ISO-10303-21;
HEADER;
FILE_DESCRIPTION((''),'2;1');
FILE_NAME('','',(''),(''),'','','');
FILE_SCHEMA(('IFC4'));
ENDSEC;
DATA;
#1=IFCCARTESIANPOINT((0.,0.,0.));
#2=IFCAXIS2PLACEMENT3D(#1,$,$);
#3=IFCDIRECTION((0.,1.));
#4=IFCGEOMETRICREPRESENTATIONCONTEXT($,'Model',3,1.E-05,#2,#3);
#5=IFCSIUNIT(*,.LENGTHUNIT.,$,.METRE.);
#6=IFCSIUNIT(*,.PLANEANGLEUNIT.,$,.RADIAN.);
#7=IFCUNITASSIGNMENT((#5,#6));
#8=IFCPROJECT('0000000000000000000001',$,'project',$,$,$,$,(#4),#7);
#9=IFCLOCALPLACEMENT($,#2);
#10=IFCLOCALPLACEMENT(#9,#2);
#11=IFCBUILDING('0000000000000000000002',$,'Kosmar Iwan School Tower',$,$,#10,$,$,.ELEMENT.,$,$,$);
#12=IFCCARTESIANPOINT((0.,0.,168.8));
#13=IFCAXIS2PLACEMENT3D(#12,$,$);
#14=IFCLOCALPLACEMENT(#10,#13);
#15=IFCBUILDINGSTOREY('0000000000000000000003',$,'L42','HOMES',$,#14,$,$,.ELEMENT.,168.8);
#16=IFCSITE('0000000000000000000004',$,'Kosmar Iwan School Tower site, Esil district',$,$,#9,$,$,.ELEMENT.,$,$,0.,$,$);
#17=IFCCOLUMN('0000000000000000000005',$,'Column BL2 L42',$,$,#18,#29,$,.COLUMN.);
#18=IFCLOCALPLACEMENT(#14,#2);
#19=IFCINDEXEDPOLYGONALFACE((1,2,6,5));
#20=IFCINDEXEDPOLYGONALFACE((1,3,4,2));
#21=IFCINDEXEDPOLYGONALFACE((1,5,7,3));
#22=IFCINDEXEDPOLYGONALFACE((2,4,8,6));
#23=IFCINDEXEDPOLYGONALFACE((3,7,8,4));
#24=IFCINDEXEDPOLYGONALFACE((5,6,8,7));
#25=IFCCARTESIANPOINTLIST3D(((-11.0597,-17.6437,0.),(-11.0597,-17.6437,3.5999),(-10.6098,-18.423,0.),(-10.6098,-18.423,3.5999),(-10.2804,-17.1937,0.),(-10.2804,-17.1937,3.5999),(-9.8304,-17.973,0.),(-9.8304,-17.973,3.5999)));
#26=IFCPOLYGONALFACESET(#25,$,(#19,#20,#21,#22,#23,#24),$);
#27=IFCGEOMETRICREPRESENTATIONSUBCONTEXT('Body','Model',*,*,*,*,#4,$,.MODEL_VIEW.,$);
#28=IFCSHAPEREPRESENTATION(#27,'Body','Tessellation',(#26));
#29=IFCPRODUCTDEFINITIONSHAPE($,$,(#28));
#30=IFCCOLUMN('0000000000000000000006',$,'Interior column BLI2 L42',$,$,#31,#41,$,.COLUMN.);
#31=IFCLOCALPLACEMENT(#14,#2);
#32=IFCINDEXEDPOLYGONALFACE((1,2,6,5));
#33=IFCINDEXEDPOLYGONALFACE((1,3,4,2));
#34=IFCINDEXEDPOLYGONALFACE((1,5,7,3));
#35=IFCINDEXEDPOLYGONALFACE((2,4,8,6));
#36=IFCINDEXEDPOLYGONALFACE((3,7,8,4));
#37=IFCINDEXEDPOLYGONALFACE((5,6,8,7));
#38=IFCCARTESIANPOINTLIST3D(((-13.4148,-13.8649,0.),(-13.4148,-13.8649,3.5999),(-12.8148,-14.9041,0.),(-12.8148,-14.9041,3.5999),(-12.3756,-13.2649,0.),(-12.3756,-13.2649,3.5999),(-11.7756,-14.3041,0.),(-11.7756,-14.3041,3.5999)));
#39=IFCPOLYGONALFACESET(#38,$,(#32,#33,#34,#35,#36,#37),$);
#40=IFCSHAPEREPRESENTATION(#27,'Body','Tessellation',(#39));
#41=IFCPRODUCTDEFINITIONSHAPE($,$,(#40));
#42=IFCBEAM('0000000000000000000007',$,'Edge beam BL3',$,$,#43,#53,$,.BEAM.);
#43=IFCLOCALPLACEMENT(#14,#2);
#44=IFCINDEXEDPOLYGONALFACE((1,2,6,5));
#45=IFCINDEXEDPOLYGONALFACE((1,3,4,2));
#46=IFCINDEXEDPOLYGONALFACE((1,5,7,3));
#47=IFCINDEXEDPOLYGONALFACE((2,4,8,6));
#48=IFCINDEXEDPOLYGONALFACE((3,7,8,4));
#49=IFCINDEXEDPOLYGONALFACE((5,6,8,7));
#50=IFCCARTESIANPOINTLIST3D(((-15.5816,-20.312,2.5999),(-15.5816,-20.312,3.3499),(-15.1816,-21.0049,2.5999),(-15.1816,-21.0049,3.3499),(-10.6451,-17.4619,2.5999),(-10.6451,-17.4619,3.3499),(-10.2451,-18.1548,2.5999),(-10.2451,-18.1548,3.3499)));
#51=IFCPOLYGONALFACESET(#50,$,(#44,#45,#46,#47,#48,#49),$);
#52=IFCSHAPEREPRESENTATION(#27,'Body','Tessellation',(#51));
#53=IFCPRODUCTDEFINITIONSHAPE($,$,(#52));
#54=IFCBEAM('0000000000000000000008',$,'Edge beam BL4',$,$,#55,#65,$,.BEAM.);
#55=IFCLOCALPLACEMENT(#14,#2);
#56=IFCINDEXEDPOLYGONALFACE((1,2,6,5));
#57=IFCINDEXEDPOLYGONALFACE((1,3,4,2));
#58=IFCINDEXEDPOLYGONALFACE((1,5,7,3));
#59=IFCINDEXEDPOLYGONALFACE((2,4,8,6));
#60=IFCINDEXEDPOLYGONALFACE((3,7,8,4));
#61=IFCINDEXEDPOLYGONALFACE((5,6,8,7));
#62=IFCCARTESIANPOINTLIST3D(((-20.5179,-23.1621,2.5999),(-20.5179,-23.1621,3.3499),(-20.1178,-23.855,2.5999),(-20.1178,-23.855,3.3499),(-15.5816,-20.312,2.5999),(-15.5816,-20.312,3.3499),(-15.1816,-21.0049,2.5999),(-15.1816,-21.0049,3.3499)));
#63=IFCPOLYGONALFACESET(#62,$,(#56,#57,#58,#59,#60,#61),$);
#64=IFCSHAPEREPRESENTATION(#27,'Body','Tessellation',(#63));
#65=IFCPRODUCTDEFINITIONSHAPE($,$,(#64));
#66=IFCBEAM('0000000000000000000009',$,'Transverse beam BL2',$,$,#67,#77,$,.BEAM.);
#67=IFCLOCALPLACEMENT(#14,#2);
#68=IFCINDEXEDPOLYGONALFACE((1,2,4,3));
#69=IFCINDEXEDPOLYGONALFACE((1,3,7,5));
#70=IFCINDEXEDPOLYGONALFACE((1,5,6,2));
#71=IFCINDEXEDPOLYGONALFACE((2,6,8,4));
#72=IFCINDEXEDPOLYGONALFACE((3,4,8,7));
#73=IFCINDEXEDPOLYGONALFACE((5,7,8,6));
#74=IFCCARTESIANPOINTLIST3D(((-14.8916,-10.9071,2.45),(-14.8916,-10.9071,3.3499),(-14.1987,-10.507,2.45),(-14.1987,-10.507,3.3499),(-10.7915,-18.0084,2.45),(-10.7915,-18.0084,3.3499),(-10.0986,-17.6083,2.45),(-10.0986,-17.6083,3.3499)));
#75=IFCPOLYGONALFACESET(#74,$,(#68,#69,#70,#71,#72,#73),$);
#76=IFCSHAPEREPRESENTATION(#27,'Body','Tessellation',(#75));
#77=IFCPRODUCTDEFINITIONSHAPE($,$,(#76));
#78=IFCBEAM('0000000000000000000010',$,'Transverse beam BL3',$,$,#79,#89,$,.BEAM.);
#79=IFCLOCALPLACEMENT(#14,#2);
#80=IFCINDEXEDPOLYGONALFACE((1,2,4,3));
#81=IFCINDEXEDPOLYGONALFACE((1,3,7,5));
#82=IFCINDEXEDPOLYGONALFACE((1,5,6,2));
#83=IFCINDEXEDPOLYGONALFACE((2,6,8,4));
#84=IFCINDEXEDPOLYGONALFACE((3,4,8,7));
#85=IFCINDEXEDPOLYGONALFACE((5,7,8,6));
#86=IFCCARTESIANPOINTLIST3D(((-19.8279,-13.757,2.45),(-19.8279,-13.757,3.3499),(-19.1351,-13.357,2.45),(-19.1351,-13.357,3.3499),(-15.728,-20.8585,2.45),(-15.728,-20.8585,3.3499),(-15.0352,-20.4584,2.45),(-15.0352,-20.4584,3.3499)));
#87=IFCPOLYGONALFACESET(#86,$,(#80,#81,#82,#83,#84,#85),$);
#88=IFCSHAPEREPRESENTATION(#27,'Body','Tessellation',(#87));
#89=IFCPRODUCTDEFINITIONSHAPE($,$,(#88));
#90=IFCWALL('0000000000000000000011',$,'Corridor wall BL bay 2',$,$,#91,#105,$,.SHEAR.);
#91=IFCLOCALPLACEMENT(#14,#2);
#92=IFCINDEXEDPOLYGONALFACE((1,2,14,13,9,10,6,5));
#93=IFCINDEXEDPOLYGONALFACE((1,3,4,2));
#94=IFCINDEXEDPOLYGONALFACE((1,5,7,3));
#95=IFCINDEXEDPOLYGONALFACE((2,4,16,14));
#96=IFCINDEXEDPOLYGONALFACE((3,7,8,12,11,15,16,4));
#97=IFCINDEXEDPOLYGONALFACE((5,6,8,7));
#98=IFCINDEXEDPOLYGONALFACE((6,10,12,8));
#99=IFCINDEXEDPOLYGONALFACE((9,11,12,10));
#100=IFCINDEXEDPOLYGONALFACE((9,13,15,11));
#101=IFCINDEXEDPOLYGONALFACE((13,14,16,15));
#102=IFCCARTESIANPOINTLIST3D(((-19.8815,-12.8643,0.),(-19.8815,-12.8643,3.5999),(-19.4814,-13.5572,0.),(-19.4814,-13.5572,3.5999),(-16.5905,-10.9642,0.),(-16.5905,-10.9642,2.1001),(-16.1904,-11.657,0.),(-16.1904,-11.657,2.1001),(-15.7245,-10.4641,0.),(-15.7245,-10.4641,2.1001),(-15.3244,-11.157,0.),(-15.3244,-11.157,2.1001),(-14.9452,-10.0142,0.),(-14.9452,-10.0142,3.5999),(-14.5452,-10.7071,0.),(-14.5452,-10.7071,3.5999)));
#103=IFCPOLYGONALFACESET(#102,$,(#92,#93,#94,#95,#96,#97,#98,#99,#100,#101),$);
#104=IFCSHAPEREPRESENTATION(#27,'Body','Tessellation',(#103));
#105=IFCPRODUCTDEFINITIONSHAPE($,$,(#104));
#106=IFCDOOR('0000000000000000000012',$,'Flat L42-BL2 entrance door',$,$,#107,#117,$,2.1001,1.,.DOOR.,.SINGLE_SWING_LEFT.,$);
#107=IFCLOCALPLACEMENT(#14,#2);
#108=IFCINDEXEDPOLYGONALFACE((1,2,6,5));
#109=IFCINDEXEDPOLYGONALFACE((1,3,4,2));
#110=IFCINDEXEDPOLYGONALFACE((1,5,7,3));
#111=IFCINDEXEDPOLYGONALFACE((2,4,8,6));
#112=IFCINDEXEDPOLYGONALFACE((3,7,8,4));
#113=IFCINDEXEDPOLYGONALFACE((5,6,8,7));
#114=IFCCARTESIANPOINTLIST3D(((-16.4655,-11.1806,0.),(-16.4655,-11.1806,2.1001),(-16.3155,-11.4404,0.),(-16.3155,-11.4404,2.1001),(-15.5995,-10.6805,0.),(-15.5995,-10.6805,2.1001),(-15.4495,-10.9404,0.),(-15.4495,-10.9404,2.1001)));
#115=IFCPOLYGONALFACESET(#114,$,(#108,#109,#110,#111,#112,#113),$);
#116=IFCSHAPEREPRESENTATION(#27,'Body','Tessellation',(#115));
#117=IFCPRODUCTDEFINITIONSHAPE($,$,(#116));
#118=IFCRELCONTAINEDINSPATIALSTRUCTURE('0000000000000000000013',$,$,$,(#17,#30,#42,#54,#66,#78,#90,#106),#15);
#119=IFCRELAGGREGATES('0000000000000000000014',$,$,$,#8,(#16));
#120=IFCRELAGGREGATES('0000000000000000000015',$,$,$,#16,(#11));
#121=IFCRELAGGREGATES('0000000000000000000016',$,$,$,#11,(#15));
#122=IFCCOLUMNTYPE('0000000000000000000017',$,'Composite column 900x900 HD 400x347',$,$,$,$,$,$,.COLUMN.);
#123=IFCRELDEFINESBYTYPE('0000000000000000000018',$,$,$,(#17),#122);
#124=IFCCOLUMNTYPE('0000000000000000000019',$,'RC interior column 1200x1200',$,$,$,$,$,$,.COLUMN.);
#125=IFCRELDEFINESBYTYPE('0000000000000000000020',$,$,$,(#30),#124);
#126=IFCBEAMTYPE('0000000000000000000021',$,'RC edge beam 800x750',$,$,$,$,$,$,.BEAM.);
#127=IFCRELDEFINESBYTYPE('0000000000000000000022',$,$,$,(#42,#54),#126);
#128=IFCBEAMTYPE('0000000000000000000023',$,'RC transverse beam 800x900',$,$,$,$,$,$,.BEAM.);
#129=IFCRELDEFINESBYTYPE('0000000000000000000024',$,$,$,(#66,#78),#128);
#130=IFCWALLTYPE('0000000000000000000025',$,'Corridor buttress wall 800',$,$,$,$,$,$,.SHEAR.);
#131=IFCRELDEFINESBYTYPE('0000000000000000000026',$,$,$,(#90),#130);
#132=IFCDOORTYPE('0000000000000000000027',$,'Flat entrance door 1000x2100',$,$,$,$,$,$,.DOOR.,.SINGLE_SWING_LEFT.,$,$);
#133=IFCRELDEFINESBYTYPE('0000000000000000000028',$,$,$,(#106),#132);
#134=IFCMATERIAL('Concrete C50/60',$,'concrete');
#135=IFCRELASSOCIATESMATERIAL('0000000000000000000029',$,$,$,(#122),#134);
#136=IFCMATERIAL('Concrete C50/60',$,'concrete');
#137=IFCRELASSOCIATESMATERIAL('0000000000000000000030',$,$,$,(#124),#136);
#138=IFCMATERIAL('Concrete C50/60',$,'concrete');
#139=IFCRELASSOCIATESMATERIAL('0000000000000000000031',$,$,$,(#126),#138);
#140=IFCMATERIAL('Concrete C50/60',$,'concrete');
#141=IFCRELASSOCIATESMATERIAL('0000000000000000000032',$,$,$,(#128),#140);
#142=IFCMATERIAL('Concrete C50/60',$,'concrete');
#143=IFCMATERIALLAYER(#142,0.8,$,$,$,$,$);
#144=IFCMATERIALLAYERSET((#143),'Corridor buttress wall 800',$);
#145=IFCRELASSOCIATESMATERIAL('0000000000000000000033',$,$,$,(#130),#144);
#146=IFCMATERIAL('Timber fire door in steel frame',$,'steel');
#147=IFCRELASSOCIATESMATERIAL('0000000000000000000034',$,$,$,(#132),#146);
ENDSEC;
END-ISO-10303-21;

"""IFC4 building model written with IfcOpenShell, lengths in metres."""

from ifc_helpers import new_model, si_unit, direction, frame, frame_2d, origin, origin_2d, place, context, subcontext, project, spatial, rectangle, extrude, material, layer, layer_set, material_profile, profile_set, type_object, element, fill, save


model = new_model("IFC4")

# Units and contexts
model_context = context("Model", 3, precision=1e-05, world=origin(), true_north=direction((0.0, 1.0)))
body_context = subcontext(model_context, "Body", "Model", "MODEL_VIEW")
ifc_project = project(units=[si_unit("LENGTHUNIT", "METRE"), si_unit("PLANEANGLEUNIT", "RADIAN")], contexts=[model_context])

# Site, building, storey
site_placement = place(None, origin())
site = spatial("IfcSite", under=ifc_project, at=site_placement, Name="Kosmar Iwan School Tower site, Esil district", CompositionType="ELEMENT", RefElevation=0.0)
building_placement = place(site_placement, origin())
building = spatial("IfcBuilding", under=site, at=building_placement, Name="Kosmar Iwan School Tower", CompositionType="ELEMENT")
storey_placement = place(building_placement, frame((0.0, 0.0, 168.8)))
storey = spatial("IfcBuildingStorey", under=building, at=storey_placement, Name="L42", Description="HOMES", CompositionType="ELEMENT", Elevation=168.8)

# Columns
ifc_material_1 = material(Name="Concrete C50/60", Category="concrete")
ifc_material_profile_1 = material_profile(ifc_material_1, rectangle(XDim=0.8999, YDim=0.8999, at=origin_2d()), Name="RC 900x900 + HD 400x347")
ifc_profile_set_1 = profile_set([ifc_material_profile_1], Name="Concrete C50/60")
column_type_1 = type_object("IfcColumnType", Name="Composite column 900x900 HD 400x347", PredefinedType="COLUMN", material=ifc_profile_set_1)
column_1_placement = place(storey_placement, frame((-10.4451, -17.8083, 0.0), z_axis=(0.0, 0.0, 1.0), x_axis=(-0.866025, -0.5, 0.0)))
element("IfcColumn", 1, at=column_1_placement, inside=storey, type_object=column_type_1, Name="Column BL2 L42", PredefinedType="COLUMN", context=body_context, shape_type="SweptSolid", body=[
    extrude(rectangle(XDim=0.8999, YDim=0.8999, at=origin_2d()), origin(), (0.0, 0.0, 1.0), 3.5999),
])
ifc_material_2 = material(Name="Concrete C50/60", Category="concrete")
ifc_material_profile_2 = material_profile(ifc_material_2, rectangle(XDim=1.2, YDim=1.2, at=origin_2d()), Name="RC 1200x1200")
ifc_profile_set_2 = profile_set([ifc_material_profile_2], Name="Concrete C50/60")
column_type_2 = type_object("IfcColumnType", Name="RC interior column 1200x1200", PredefinedType="COLUMN", material=ifc_profile_set_2)
column_2_placement = place(storey_placement, frame((-12.5952, -14.0845, 0.0), z_axis=(0.0, 0.0, 1.0), x_axis=(-0.866025, -0.5, 0.0)))
element("IfcColumn", 2, at=column_2_placement, inside=storey, type_object=column_type_2, Name="Interior column BLI2 L42", PredefinedType="COLUMN", context=body_context, shape_type="SweptSolid", body=[
    extrude(rectangle(XDim=1.2, YDim=1.2, at=origin_2d()), origin(), (0.0, 0.0, 1.0), 3.5999),
])

# Beams
ifc_material_3 = material(Name="Concrete C50/60", Category="concrete")
ifc_material_profile_3 = material_profile(ifc_material_3, rectangle(XDim=0.8, YDim=0.75, at=origin_2d()), Name="RC 800x750")
ifc_profile_set_3 = profile_set([ifc_material_profile_3], Name="Concrete C50/60")
beam_type_1 = type_object("IfcBeamType", Name="RC edge beam 800x750", PredefinedType="BEAM", material=ifc_profile_set_3)
beam_1_placement = place(storey_placement, frame((-10.4451, -17.8083, 2.9749), z_axis=(-0.866026, -0.499999, 0.0), x_axis=(0.499999, -0.866026, 0.0)))
element("IfcBeam", 3, at=beam_1_placement, inside=storey, type_object=beam_type_1, Name="Edge beam BL3", PredefinedType="BEAM", context=body_context, shape_type="SweptSolid", body=[
    extrude(rectangle(XDim=0.8, YDim=0.75, at=origin_2d()), origin(), (0.0, 0.0, 1.0), 5.7002),
])
beam_2_placement = place(storey_placement, frame((-15.3816, -20.6584, 2.9749), z_axis=(-0.866015, -0.500018, 0.0), x_axis=(0.500018, -0.866015, 0.0)))
element("IfcBeam", 4, at=beam_2_placement, inside=storey, type_object=beam_type_1, Name="Edge beam BL4", PredefinedType="BEAM", context=body_context, shape_type="SweptSolid", body=[
    extrude(rectangle(XDim=0.8, YDim=0.75, at=origin_2d()), origin(), (0.0, 0.0, 1.0), 5.7),
])
ifc_material_4 = material(Name="Concrete C50/60", Category="concrete")
ifc_material_profile_4 = material_profile(ifc_material_4, rectangle(XDim=0.8, YDim=0.8999, at=origin_2d()), Name="RC 800x900")
ifc_profile_set_4 = profile_set([ifc_material_profile_4], Name="Concrete C50/60")
beam_type_2 = type_object("IfcBeamType", Name="RC transverse beam 800x900", PredefinedType="BEAM", material=ifc_profile_set_4)
for number, where, z_axis, x_axis, name in (
    (5, (-10.4451, -17.8083, 2.8999), (-0.500014, 0.866018, 0.0), (-0.866018, -0.500014, 0.0), "Transverse beam BL2"),
    (6, (-15.3816, -20.6584, 2.8999), (-0.499991, 0.86603, 0.0), (-0.86603, -0.499991, 0.0), "Transverse beam BL3"),
):
    element("IfcBeam", number, at=place(storey_placement, frame(where, z_axis=z_axis, x_axis=x_axis)), inside=storey, type_object=beam_type_2, Name=name, PredefinedType="BEAM", context=body_context, shape_type="SweptSolid", body=[
        extrude(rectangle(XDim=0.8, YDim=0.8999, at=origin_2d()), origin(), (0.0, 0.0, 1.0), 8.2),
    ])

# Wall, opening, door
ifc_material_5 = material(Name="Concrete C50/60", Category="concrete")
ifc_layer_1 = layer(ifc_material_5, 0.8)
ifc_layer_set_1 = layer_set([ifc_layer_1], Name="Corridor buttress wall 800")
wall_type_1 = type_object("IfcWallType", Name="Corridor buttress wall 800", PredefinedType="SHEAR", material=ifc_layer_set_1)
wall_1_placement = place(storey_placement, frame((-14.7451, -10.3606, 0.0), z_axis=(0.0, 0.0, 1.0), x_axis=(-0.866015, -0.500018, 0.0)))
wall_1 = element("IfcWall", 7, at=wall_1_placement, inside=storey, type_object=wall_type_1, Name="Corridor wall BL bay 2", PredefinedType="SHEAR", context=body_context, shape_type="SweptSolid", body=[
    extrude(rectangle(XDim=5.7, YDim=0.8, at=frame_2d((2.8501, 0.0))), origin(), (0.0, 0.0, 1.0), 3.5999),
])
opening_1_placement = place(wall_1_placement, frame((0.8999, 0.0, 0.0)))
opening_1 = element("IfcOpeningElement", 8, at=opening_1_placement, cuts=wall_1, PredefinedType="OPENING", context=body_context, shape_type="SweptSolid", body=[
    extrude(rectangle(XDim=1.0, YDim=2.1001, at=frame_2d((0.5, 1.05))), frame((0.0, 0.4121, 0.0), z_axis=(0.0, -1.0, 0.0), x_axis=(1.0, 0.0, 0.0)), (0.0, 0.0, 1.0), 0.824),
])
ifc_material_6 = material(Name="Timber fire door in steel frame", Category="steel")
door_type_1 = type_object("IfcDoorType", Name="Flat entrance door 1000x2100", OperationType="SINGLE_SWING_LEFT", PredefinedType="DOOR", material=ifc_material_6)
door_1_placement = place(opening_1_placement, origin())
door_1 = element("IfcDoor", 9, at=door_1_placement, inside=storey, type_object=door_type_1, Name="Flat L42-BL2 entrance door", OperationType="SINGLE_SWING_LEFT", OverallHeight=2.1001, OverallWidth=1.0, PredefinedType="DOOR", context=body_context, shape_type="SweptSolid", body=[
    extrude(rectangle(XDim=1.0, YDim=2.1001, at=frame_2d((0.5, 1.05))), frame((0.0, 0.1499, 0.0), z_axis=(0.0, -1.0, 0.0), x_axis=(1.0, 0.0, 0.0)), (0.0, 0.0, 1.0), 0.3),
])
fill(opening_1, door_1)

save(model, "model.ifc")
